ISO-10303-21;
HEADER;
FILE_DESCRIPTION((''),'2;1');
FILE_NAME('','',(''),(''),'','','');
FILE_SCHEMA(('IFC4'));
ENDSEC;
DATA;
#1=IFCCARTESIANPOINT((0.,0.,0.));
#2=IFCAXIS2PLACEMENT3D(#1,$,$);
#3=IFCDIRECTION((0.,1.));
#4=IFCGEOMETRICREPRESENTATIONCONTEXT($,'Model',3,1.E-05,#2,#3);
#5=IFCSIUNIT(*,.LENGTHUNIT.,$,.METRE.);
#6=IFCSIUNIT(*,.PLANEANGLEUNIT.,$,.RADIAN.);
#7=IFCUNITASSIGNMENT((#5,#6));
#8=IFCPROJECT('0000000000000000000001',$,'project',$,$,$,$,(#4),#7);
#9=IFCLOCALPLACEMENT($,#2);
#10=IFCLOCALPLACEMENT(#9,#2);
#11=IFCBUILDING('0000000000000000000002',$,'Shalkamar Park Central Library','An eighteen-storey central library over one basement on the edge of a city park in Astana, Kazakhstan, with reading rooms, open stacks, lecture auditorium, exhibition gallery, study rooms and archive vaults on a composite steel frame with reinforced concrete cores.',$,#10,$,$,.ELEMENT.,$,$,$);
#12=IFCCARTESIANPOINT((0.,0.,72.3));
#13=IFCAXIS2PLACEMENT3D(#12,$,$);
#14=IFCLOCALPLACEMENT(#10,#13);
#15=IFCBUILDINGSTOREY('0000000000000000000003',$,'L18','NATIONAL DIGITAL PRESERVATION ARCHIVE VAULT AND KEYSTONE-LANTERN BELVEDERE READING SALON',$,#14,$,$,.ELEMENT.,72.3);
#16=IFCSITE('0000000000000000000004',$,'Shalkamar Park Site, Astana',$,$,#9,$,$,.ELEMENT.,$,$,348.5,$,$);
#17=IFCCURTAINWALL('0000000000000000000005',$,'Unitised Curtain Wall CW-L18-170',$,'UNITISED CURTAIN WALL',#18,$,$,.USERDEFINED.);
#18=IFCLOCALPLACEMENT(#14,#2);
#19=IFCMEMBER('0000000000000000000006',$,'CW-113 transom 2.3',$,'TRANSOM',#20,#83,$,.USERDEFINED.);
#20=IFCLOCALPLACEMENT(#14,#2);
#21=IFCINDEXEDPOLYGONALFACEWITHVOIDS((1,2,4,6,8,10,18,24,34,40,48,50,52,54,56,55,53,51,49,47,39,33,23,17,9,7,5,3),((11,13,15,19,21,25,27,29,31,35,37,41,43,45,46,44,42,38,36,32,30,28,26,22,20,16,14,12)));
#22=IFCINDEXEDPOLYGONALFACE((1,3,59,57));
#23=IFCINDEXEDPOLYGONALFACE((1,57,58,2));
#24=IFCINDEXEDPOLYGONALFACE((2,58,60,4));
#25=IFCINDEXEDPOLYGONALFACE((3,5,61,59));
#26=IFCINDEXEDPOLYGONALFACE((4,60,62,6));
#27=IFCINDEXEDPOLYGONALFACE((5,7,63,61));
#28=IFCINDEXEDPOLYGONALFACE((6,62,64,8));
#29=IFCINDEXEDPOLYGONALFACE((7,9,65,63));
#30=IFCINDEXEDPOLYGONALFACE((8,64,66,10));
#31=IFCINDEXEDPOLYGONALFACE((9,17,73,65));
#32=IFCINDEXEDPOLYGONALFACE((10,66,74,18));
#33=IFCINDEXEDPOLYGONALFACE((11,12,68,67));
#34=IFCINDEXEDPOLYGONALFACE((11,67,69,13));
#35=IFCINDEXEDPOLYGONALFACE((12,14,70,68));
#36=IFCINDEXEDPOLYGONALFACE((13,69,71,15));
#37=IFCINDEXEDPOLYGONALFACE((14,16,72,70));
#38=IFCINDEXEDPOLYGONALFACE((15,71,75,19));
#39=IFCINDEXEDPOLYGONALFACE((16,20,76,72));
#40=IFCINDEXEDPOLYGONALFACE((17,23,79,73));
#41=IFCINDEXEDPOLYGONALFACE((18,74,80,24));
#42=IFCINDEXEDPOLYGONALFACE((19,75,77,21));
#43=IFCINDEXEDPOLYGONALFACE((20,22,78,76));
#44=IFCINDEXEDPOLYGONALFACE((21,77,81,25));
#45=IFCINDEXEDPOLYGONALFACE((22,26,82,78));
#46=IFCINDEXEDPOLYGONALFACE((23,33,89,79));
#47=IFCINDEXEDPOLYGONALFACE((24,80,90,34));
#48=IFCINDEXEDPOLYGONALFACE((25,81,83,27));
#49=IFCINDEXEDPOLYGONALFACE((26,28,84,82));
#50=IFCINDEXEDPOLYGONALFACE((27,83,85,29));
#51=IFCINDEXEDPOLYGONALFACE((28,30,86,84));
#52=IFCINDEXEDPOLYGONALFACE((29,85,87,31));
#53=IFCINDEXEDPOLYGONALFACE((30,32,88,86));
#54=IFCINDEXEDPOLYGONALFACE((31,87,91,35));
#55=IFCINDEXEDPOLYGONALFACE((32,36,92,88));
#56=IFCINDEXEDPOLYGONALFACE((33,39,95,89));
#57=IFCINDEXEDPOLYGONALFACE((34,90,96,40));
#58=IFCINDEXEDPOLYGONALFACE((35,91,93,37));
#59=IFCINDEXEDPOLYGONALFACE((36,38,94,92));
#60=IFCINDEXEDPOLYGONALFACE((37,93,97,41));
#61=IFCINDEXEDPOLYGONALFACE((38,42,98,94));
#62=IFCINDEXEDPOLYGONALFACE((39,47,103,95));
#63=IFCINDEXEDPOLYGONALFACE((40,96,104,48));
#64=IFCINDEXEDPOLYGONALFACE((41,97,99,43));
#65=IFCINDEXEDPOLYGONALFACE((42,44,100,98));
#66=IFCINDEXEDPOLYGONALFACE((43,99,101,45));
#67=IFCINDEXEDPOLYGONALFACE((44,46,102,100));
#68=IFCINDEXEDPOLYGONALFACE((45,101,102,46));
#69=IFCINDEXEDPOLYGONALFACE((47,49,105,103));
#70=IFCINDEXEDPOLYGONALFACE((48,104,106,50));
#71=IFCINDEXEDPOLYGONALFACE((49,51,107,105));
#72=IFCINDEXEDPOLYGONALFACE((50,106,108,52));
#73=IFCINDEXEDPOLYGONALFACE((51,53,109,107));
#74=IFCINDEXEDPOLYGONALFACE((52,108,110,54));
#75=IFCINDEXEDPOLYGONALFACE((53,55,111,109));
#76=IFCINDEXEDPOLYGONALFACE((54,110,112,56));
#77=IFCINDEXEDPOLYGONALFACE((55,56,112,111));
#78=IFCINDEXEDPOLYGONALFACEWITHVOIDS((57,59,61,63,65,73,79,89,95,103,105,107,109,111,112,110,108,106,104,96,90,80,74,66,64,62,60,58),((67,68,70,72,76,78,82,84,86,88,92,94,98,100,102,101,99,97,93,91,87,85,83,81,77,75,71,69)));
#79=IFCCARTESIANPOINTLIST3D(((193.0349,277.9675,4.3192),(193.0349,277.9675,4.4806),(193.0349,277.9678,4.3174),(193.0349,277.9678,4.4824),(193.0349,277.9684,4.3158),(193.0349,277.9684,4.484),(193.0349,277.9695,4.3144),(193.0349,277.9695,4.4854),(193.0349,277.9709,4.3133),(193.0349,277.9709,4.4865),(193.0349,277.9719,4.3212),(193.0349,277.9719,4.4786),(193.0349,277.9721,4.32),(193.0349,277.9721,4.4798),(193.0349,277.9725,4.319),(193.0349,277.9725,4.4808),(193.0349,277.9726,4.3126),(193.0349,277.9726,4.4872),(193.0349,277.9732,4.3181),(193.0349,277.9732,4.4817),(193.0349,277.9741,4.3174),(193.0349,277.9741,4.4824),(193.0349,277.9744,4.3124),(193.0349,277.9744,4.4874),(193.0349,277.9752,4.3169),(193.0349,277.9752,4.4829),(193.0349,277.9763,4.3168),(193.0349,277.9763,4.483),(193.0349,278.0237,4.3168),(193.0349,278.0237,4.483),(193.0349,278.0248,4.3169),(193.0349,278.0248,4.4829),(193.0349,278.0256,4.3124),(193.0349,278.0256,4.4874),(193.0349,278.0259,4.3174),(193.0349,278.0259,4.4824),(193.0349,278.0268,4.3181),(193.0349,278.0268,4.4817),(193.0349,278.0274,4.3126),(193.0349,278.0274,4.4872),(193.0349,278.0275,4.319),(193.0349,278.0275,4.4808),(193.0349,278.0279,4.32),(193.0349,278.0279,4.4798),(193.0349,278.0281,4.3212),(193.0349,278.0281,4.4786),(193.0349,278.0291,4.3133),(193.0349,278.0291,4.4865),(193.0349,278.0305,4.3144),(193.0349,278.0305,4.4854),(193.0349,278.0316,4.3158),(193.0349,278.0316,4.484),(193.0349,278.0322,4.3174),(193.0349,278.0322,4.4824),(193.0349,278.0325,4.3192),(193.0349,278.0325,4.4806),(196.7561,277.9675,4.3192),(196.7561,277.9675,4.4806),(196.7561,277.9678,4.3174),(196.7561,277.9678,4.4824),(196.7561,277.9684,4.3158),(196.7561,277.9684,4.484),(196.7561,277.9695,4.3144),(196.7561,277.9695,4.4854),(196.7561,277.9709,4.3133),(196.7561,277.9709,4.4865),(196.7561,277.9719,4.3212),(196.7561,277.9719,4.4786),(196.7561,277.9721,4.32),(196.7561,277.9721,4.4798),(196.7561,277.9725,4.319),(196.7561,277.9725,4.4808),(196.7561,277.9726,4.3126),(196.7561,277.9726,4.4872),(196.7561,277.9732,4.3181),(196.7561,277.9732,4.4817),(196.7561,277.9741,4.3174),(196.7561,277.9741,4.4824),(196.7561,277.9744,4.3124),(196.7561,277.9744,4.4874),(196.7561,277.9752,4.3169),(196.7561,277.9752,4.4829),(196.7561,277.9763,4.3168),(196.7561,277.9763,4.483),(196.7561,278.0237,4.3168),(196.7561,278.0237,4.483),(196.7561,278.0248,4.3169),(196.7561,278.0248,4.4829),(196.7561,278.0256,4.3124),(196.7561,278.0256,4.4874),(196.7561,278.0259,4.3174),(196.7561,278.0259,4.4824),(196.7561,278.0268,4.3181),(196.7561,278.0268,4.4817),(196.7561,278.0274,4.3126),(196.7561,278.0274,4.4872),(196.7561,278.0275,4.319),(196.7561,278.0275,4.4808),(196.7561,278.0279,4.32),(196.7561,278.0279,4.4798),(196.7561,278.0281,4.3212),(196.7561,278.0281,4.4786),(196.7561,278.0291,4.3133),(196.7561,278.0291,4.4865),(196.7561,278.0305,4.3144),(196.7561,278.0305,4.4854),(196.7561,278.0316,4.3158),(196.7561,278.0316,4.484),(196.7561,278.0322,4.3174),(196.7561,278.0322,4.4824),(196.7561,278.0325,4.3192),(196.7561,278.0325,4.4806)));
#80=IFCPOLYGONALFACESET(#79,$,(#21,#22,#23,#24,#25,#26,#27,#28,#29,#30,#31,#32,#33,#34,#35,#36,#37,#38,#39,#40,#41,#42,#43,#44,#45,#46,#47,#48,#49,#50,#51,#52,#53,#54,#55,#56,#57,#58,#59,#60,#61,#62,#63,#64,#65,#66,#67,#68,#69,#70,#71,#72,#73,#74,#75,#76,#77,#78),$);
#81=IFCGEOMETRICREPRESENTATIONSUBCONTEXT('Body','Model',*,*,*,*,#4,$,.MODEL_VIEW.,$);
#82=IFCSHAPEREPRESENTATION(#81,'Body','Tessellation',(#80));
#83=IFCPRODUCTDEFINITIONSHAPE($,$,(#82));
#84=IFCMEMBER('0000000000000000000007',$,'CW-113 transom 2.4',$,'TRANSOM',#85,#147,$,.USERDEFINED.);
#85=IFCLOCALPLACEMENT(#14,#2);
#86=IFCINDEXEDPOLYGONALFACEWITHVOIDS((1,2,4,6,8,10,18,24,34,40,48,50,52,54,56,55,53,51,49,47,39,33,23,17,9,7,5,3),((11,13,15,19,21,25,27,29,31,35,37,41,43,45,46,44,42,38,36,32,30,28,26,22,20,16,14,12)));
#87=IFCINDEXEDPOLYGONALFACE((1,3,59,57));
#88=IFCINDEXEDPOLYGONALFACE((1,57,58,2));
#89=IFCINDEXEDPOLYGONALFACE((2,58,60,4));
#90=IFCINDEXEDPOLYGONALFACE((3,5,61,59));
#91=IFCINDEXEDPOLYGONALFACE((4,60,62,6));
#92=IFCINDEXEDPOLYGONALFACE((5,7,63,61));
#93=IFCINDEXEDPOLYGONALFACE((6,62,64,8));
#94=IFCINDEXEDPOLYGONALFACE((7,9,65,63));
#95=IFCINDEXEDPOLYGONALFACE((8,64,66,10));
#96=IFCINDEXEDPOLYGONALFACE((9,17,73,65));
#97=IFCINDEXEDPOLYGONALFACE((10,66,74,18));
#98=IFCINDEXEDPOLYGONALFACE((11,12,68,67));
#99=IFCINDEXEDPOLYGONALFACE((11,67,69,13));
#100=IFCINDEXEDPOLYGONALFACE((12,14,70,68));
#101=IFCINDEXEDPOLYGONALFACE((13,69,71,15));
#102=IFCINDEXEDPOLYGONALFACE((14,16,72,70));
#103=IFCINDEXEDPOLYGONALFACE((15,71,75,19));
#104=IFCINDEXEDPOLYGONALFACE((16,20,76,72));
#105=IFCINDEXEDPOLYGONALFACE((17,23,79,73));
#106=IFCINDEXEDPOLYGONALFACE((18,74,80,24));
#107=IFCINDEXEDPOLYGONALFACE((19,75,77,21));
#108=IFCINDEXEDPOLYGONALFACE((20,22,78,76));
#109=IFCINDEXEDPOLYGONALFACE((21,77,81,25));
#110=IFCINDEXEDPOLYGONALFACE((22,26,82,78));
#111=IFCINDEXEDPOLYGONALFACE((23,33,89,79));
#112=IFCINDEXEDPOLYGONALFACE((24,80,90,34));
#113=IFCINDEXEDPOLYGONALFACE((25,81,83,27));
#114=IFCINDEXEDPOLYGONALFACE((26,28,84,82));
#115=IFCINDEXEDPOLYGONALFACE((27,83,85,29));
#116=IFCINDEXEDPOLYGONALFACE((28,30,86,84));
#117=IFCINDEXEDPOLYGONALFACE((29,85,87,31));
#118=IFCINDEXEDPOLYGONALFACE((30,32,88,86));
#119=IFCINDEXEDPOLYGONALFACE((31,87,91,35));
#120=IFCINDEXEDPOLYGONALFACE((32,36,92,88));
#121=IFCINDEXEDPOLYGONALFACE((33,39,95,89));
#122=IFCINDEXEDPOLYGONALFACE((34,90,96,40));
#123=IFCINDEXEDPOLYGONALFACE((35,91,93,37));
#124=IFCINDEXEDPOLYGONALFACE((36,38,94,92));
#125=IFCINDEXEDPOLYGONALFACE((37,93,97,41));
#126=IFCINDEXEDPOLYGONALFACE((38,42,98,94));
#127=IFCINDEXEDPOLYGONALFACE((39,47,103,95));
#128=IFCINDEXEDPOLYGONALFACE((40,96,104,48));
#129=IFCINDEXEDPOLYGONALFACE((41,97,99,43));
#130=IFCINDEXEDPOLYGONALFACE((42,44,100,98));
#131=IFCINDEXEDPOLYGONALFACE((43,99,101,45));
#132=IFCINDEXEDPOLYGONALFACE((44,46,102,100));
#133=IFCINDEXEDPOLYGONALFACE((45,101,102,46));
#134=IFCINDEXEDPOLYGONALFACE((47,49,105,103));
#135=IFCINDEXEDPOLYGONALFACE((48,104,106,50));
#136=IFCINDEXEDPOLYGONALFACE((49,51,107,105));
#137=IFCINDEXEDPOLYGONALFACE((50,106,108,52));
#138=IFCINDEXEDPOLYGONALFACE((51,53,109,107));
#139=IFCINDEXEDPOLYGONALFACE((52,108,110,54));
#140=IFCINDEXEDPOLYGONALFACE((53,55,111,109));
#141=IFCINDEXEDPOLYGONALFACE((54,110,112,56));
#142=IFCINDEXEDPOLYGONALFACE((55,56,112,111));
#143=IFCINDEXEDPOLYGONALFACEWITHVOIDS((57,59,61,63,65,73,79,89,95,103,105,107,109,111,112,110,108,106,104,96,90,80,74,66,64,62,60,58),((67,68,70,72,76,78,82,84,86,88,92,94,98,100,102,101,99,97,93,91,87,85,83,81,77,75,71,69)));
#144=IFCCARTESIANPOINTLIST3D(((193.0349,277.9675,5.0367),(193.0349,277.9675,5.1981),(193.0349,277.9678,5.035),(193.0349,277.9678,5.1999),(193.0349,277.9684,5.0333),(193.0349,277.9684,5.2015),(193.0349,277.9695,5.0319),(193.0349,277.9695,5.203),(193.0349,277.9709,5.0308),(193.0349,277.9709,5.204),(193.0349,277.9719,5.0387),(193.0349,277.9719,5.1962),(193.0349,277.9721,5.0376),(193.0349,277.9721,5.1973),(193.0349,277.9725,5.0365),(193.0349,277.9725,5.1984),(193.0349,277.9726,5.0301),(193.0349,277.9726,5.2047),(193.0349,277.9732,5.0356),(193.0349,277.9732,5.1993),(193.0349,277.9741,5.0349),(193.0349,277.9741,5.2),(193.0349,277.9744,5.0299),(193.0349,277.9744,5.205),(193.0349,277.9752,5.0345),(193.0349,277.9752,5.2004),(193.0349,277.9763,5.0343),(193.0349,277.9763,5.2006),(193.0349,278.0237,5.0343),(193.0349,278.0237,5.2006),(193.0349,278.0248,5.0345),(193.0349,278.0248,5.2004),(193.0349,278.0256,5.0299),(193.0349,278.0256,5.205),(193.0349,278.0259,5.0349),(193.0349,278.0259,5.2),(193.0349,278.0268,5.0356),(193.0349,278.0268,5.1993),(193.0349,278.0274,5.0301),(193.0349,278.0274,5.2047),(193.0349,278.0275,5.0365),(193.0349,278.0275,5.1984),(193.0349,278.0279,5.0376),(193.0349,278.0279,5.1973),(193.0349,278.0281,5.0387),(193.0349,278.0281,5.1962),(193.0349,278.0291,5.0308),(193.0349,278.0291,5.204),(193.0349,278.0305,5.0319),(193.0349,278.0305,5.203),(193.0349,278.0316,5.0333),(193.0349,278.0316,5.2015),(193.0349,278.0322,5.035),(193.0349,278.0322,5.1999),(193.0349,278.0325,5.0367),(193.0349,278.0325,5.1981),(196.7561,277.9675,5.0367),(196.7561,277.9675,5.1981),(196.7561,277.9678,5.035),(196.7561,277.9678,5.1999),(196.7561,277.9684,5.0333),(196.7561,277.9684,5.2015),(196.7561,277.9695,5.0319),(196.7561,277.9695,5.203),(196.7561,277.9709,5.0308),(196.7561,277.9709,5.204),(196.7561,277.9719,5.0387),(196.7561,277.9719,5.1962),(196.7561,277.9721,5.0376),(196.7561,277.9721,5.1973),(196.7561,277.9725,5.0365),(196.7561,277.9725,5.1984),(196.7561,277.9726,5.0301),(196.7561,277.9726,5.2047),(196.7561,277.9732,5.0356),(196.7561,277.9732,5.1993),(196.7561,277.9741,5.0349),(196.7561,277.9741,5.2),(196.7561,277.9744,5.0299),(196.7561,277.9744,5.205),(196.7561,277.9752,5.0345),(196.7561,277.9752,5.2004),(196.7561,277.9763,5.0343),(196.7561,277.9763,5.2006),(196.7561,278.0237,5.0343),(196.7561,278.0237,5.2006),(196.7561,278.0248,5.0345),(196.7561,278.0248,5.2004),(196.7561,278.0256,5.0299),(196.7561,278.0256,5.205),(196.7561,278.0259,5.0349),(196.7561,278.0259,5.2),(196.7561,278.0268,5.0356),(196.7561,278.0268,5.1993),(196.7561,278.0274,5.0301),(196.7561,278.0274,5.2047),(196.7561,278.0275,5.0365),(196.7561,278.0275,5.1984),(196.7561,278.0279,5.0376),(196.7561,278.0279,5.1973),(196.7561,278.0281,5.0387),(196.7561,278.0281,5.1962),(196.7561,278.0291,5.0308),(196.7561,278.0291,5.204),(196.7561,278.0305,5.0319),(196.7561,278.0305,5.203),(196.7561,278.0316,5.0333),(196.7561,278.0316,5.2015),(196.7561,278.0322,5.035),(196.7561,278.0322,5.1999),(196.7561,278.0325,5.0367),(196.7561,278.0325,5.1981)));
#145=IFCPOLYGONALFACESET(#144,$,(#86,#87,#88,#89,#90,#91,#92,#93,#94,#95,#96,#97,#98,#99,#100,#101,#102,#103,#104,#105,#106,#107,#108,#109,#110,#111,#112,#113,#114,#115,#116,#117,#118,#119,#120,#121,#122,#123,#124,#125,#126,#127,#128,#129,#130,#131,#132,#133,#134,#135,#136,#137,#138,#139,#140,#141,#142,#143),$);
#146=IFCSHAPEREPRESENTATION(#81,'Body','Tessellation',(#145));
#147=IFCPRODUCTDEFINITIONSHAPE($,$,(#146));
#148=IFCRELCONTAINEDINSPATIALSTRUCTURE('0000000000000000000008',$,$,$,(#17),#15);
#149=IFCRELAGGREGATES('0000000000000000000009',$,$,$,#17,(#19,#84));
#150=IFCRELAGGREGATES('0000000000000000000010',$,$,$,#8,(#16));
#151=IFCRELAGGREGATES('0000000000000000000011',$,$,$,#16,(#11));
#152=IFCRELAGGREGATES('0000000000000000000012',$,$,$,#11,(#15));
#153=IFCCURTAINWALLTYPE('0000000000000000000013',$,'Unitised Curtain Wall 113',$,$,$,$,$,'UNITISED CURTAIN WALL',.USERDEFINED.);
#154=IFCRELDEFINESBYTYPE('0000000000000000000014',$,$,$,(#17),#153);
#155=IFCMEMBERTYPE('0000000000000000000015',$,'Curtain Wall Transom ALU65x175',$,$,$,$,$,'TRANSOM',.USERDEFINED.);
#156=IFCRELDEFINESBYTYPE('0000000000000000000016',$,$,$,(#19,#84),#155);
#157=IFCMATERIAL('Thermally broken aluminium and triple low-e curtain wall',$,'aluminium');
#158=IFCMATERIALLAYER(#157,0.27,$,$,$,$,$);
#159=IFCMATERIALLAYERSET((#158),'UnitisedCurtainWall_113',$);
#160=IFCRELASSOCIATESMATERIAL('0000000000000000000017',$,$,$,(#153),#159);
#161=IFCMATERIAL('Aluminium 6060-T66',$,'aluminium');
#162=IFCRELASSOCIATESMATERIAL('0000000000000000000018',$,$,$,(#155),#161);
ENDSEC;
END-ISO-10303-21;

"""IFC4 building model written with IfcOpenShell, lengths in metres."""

from ifc_helpers import new_model, si_unit, direction, frame, origin, origin_2d, place, context, subcontext, project, spatial, hollow_rectangle, extrude, material, layer, layer_set, material_profile, profile_set, type_object, element, aggregate, save


model = new_model("IFC4")

# Units and contexts
model_context = context("Model", 3, precision=1e-05, world=origin(), true_north=direction((0.0, 1.0)))
body_context = subcontext(model_context, "Body", "Model", "MODEL_VIEW")
ifc_project = project(units=[si_unit("LENGTHUNIT", "METRE"), si_unit("PLANEANGLEUNIT", "RADIAN")], contexts=[model_context])

# Site, building, storey
site_placement = place(None, origin())
site = spatial("IfcSite", under=ifc_project, at=site_placement, Name="Shalkamar Park Site, Astana", CompositionType="ELEMENT", RefElevation=348.5)
building_placement = place(site_placement, origin())
building = spatial("IfcBuilding", under=site, at=building_placement, Name="Shalkamar Park Central Library", Description="An eighteen-storey central library over one basement on the edge of a city park in Astana, Kazakhstan, with reading rooms, open stacks, lecture auditorium, exhibition gallery, study rooms and archive vaults on a composite steel frame with reinforced concrete cores.", CompositionType="ELEMENT")
storey_placement = place(building_placement, frame((0.0, 0.0, 72.3)))
storey = spatial("IfcBuildingStorey", under=building, at=storey_placement, Name="L18", Description="NATIONAL DIGITAL PRESERVATION ARCHIVE VAULT AND KEYSTONE-LANTERN BELVEDERE READING SALON", CompositionType="ELEMENT", Elevation=72.3)

# Curtain wall
ifc_material_1 = material(Name="Thermally broken aluminium and triple low-e curtain wall", Category="aluminium")
ifc_layer_1 = layer(ifc_material_1, 0.27)
ifc_layer_set_1 = layer_set([ifc_layer_1], Name="UnitisedCurtainWall_113")
curtain_wall_type_1 = type_object("IfcCurtainWallType", Name="Unitised Curtain Wall 113", ElementType="UNITISED CURTAIN WALL", PredefinedType="USERDEFINED", material=ifc_layer_set_1)
curtain_wall_1_placement = place(storey_placement, origin())
curtain_wall_1 = element("IfcCurtainWall", 1, at=curtain_wall_1_placement, inside=storey, type_object=curtain_wall_type_1, Name="Unitised Curtain Wall CW-L18-170", ObjectType="UNITISED CURTAIN WALL", PredefinedType="USERDEFINED")
ifc_material_2 = material(Name="Aluminium 6060-T66", Category="aluminium")

# Members
ifc_material_profile_1 = material_profile(ifc_material_2, hollow_rectangle(XDim=0.0649, YDim=0.175, WallThickness=0.0044, InnerFilletRadius=0.0044, OuterFilletRadius=0.0068, at=origin_2d()), Name="ALU 65x175x4.5")
ifc_profile_set_1 = profile_set([ifc_material_profile_1], Name="Aluminium 6060-T66")
member_type_1 = type_object("IfcMemberType", Name="Curtain Wall Transom ALU65x175", ElementType="TRANSOM", PredefinedType="USERDEFINED", material=ifc_profile_set_1)
member_1_placement = place(storey_placement, frame((193.0349, 278.0, 4.3999), z_axis=(1.0, 0.0, 0.0), x_axis=(0.0, 1.0, 0.0)))
member_1 = element("IfcMember", 2, at=member_1_placement, type_object=member_type_1, Name="CW-113 transom 2.3", ObjectType="TRANSOM", PredefinedType="USERDEFINED", context=body_context, shape_type="SweptSolid", body=[
    extrude(hollow_rectangle(XDim=0.0649, YDim=0.175, WallThickness=0.0044, InnerFilletRadius=0.0044, OuterFilletRadius=0.0068, at=origin_2d()), origin(), (0.0, 0.0, 1.0), 3.7212),
])
member_2_placement = place(storey_placement, frame((193.0349, 278.0, 5.1174), z_axis=(1.0, 0.0, 0.0), x_axis=(0.0, 1.0, 0.0)))
member_2 = element("IfcMember", 3, at=member_2_placement, type_object=member_type_1, Name="CW-113 transom 2.4", ObjectType="TRANSOM", PredefinedType="USERDEFINED", context=body_context, shape_type="SweptSolid", body=[
    extrude(hollow_rectangle(XDim=0.0649, YDim=0.175, WallThickness=0.0044, InnerFilletRadius=0.0044, OuterFilletRadius=0.0068, at=origin_2d()), origin(), (0.0, 0.0, 1.0), 3.7212),
])

aggregate(curtain_wall_1, [member_1, member_2])

save(model, "model.ifc")
